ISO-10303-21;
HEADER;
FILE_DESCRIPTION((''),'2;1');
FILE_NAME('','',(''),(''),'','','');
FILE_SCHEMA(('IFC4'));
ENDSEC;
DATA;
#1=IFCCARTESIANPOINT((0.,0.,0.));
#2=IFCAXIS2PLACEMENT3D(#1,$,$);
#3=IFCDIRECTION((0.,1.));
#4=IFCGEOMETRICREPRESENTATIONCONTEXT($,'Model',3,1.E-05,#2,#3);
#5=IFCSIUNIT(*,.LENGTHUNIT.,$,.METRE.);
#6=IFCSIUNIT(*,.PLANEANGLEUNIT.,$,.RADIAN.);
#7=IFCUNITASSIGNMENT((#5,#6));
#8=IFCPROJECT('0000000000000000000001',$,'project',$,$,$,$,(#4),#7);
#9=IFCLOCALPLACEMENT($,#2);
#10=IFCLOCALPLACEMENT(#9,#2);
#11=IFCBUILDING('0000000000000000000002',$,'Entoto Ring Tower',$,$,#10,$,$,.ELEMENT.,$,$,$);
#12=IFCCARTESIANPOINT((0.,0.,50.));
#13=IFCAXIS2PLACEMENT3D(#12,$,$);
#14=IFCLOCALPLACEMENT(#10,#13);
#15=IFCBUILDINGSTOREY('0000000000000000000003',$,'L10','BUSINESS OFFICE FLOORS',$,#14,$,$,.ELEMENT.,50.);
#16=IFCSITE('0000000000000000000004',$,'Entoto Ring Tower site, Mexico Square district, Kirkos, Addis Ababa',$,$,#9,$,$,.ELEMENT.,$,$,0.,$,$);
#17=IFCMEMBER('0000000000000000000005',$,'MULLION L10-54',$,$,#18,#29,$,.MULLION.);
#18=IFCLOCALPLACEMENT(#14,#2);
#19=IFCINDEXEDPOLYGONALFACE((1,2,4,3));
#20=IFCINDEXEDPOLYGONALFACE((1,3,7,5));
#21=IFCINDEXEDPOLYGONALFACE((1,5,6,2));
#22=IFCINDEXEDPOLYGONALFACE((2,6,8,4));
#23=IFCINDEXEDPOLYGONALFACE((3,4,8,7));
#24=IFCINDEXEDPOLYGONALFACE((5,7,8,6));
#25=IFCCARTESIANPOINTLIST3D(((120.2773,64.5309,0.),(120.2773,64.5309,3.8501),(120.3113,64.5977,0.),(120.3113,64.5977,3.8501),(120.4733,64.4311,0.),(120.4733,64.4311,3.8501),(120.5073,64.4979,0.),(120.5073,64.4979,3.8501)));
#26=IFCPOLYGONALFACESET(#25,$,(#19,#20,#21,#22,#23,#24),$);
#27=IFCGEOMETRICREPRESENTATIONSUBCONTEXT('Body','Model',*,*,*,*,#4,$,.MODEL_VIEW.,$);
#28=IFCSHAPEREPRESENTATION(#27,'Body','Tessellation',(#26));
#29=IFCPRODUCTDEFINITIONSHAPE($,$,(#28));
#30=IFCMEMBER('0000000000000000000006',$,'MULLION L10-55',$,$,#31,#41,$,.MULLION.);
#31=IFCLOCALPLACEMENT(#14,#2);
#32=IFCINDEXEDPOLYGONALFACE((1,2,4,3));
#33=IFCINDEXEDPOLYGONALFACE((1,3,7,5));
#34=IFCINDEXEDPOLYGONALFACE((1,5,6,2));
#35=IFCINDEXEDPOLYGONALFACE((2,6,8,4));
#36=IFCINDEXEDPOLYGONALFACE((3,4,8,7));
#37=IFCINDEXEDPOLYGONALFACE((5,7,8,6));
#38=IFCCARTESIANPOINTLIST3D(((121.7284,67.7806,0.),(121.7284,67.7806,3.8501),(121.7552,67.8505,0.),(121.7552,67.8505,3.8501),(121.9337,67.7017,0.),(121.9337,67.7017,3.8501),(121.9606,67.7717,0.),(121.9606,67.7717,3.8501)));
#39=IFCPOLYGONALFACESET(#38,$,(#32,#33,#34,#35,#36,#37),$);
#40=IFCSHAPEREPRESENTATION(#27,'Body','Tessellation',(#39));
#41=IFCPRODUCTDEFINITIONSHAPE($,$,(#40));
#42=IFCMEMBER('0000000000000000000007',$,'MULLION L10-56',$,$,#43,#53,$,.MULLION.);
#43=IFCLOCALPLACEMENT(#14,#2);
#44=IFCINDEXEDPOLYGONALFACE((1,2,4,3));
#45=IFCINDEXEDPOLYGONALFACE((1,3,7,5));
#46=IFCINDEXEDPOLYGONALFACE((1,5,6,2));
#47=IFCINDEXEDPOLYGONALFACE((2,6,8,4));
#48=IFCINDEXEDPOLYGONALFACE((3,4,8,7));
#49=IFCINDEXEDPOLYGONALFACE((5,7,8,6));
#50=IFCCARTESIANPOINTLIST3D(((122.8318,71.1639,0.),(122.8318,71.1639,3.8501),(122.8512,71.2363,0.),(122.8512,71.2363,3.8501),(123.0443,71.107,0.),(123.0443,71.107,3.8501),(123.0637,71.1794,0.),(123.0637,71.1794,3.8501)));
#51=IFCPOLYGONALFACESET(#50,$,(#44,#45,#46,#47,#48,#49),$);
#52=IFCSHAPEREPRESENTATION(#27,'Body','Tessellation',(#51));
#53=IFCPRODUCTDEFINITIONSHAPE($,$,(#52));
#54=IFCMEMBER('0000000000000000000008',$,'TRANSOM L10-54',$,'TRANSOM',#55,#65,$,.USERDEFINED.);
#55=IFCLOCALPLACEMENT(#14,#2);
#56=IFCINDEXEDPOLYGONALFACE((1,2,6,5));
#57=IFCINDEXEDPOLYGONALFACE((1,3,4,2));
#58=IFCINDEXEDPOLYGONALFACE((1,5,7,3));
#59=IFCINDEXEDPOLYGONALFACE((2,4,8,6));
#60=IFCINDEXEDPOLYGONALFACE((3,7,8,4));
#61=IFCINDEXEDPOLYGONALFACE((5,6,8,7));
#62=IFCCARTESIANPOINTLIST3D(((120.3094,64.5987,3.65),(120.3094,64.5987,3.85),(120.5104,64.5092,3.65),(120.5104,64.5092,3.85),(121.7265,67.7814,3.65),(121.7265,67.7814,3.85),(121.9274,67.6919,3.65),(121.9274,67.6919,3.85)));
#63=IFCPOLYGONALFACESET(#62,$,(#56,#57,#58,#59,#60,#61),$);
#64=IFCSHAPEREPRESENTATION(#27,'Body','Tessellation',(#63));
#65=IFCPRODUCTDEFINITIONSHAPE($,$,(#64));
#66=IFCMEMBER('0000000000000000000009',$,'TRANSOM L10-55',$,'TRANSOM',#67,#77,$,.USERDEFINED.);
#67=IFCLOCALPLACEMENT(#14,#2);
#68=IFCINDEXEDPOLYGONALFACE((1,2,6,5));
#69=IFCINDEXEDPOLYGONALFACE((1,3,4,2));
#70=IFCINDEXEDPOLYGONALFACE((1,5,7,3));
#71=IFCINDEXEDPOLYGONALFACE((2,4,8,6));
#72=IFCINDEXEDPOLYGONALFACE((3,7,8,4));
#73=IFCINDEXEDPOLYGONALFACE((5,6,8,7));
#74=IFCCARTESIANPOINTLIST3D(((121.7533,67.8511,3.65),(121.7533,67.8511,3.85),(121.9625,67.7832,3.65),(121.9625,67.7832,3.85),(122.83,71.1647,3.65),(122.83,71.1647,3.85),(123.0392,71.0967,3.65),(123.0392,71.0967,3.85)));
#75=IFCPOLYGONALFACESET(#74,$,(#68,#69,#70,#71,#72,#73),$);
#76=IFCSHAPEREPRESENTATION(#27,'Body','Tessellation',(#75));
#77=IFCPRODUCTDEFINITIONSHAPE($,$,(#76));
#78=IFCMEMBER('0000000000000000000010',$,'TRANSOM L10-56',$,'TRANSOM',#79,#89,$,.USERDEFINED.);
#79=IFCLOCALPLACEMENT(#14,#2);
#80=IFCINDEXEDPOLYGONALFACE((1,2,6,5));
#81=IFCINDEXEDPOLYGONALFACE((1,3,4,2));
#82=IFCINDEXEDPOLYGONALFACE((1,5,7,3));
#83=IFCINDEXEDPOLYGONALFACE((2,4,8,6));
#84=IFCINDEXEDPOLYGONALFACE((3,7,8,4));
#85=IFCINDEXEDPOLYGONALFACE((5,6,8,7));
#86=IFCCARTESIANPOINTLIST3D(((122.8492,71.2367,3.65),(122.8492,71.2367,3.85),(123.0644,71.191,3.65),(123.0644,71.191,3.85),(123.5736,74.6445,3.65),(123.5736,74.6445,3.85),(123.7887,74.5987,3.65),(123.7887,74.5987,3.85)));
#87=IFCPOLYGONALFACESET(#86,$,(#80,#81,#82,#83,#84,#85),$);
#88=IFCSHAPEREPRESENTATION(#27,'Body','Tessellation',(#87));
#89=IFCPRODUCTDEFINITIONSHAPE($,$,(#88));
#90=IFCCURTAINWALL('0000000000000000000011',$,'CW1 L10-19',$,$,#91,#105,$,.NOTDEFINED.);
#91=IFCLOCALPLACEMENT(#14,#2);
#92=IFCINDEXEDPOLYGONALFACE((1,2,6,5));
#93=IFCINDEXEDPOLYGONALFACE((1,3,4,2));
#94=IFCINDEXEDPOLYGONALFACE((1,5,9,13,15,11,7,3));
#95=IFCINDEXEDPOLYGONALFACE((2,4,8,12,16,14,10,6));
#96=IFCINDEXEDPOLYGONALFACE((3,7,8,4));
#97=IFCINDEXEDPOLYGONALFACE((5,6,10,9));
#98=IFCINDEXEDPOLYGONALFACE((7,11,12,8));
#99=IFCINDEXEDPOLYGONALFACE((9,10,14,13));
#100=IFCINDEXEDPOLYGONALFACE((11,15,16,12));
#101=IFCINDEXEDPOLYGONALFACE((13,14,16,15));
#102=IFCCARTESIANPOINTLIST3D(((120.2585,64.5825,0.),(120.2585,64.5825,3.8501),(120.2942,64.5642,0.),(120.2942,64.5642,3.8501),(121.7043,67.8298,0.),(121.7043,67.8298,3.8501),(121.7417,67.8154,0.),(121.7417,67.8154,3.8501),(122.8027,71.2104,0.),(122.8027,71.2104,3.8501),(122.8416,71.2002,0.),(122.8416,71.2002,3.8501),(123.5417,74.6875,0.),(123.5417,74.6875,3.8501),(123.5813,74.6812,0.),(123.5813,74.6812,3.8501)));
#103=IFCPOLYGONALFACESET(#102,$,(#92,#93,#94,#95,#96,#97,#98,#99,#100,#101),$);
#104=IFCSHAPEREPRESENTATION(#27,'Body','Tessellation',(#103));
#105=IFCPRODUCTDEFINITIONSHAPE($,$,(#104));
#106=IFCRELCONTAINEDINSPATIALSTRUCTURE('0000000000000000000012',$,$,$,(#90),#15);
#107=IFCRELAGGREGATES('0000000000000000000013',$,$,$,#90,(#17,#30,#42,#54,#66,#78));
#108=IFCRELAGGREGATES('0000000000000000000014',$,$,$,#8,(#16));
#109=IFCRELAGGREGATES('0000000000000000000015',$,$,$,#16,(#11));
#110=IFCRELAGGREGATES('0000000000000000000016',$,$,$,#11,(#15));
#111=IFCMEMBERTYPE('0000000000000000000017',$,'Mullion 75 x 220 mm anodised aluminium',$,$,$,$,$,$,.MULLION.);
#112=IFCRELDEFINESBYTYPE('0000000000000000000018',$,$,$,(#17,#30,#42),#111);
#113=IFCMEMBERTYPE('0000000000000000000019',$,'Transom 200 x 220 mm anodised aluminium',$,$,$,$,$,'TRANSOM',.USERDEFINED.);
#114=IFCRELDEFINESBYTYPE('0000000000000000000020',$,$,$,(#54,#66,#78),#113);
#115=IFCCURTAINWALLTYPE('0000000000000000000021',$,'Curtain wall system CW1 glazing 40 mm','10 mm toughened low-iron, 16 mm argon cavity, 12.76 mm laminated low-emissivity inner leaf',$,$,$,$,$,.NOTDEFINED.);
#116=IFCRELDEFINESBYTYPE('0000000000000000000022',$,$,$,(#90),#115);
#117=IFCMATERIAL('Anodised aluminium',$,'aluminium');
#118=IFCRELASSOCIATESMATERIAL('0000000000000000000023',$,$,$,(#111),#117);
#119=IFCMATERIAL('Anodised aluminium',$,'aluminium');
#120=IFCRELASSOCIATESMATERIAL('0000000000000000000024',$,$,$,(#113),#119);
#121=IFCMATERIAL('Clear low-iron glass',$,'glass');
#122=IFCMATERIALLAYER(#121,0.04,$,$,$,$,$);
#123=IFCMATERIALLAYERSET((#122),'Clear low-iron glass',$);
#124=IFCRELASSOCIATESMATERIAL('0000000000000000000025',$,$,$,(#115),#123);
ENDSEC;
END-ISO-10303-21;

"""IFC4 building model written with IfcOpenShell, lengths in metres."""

from ifc_helpers import new_model, si_unit, direction, frame, origin, origin_2d, place, context, subcontext, project, spatial, polyline, rectangle, outline, extrude, material, layer, layer_set, material_profile, profile_set, type_object, element, aggregate, save


model = new_model("IFC4")

# Units and contexts
model_context = context("Model", 3, precision=1e-05, world=origin(), true_north=direction((0.0, 1.0)))
body_context = subcontext(model_context, "Body", "Model", "MODEL_VIEW")
ifc_project = project(units=[si_unit("LENGTHUNIT", "METRE"), si_unit("PLANEANGLEUNIT", "RADIAN")], contexts=[model_context])

# Members
ifc_material_1 = material(Name="Anodised aluminium", Category="aluminium")
ifc_material_profile_1 = material_profile(ifc_material_1, rectangle(XDim=0.075, YDim=0.22, at=origin_2d()), Name="Mullion 75 x 220 mm anodised aluminium")
ifc_profile_set_1 = profile_set([ifc_material_profile_1], Name="Anodised aluminium")
member_type_1 = type_object("IfcMemberType", Name="Mullion 75 x 220 mm anodised aluminium", PredefinedType="MULLION", material=ifc_profile_set_1)
site_placement = place(None, origin())
building_placement = place(site_placement, origin())
storey_placement = place(building_placement, frame((0.0, 0.0, 50.0)))
member_1_placement = place(storey_placement, frame((120.3923, 64.5144, 0.0), z_axis=(0.0, 0.0, 1.0), x_axis=(0.45399, 0.891007, 0.0)))
member_1 = element("IfcMember", 1, at=member_1_placement, type_object=member_type_1, Name="MULLION L10-54", PredefinedType="MULLION", context=body_context, shape_type="SweptSolid", body=[
    extrude(rectangle(XDim=0.075, YDim=0.22, at=origin_2d()), origin(), (0.0, 0.0, 1.0), 3.8501),
])
member_2_placement = place(storey_placement, frame((121.8445, 67.7761, 0.0), z_axis=(0.0, 0.0, 1.0), x_axis=(0.358368, 0.93358, 0.0)))
member_2 = element("IfcMember", 2, at=member_2_placement, type_object=member_type_1, Name="MULLION L10-55", PredefinedType="MULLION", context=body_context, shape_type="SweptSolid", body=[
    extrude(rectangle(XDim=0.075, YDim=0.22, at=origin_2d()), origin(), (0.0, 0.0, 1.0), 3.8501),
])
member_3_placement = place(storey_placement, frame((122.9478, 71.1716, 0.0), z_axis=(0.0, 0.0, 1.0), x_axis=(0.258819, 0.965926, 0.0)))
member_3 = element("IfcMember", 3, at=member_3_placement, type_object=member_type_1, Name="MULLION L10-56", PredefinedType="MULLION", context=body_context, shape_type="SweptSolid", body=[
    extrude(rectangle(XDim=0.075, YDim=0.22, at=origin_2d()), origin(), (0.0, 0.0, 1.0), 3.8501),
])
ifc_material_2 = material(Name="Anodised aluminium", Category="aluminium")
ifc_material_profile_2 = material_profile(ifc_material_2, rectangle(XDim=0.22, YDim=0.2, at=origin_2d()), Name="Transom 200 x 220 mm anodised aluminium")
ifc_profile_set_2 = profile_set([ifc_material_profile_2], Name="Anodised aluminium")
member_type_2 = type_object("IfcMemberType", Name="Transom 200 x 220 mm anodised aluminium", ElementType="TRANSOM", PredefinedType="USERDEFINED", material=ifc_profile_set_2)
member_4_placement = place(storey_placement, frame((120.4099, 64.554, 3.75), z_axis=(0.406737, 0.913545, 0.0), x_axis=(-0.913545, 0.406737, 0.0)))
member_4 = element("IfcMember", 4, at=member_4_placement, type_object=member_type_2, Name="TRANSOM L10-54", ObjectType="TRANSOM", PredefinedType="USERDEFINED", context=body_context, shape_type="SweptSolid", body=[
    extrude(rectangle(XDim=0.22, YDim=0.2, at=origin_2d()), origin(), (0.0, 0.0, 1.0), 3.4839),
])
member_5_placement = place(storey_placement, frame((121.8579, 67.8171, 3.75), z_axis=(0.309029, 0.951053, 0.0), x_axis=(-0.951053, 0.309029, 0.0)))
member_5 = element("IfcMember", 5, at=member_5_placement, type_object=member_type_2, Name="TRANSOM L10-55", ObjectType="TRANSOM", PredefinedType="USERDEFINED", context=body_context, shape_type="SweptSolid", body=[
    extrude(rectangle(XDim=0.22, YDim=0.2, at=origin_2d()), origin(), (0.0, 0.0, 1.0), 3.4841),
])
member_6_placement = place(storey_placement, frame((122.9568, 71.2139, 3.75), z_axis=(0.207921, 0.978146, 0.0), x_axis=(-0.978146, 0.207921, 0.0)))
member_6 = element("IfcMember", 6, at=member_6_placement, type_object=member_type_2, Name="TRANSOM L10-56", ObjectType="TRANSOM", PredefinedType="USERDEFINED", context=body_context, shape_type="SweptSolid", body=[
    extrude(rectangle(XDim=0.22, YDim=0.2, at=origin_2d()), origin(), (0.0, 0.0, 1.0), 3.4839),
])

# Site, building, storey
site = spatial("IfcSite", under=ifc_project, at=site_placement, Name="Entoto Ring Tower site, Mexico Square district, Kirkos, Addis Ababa", CompositionType="ELEMENT", RefElevation=0.0)
building = spatial("IfcBuilding", under=site, at=building_placement, Name="Entoto Ring Tower", CompositionType="ELEMENT")
storey = spatial("IfcBuildingStorey", under=building, at=storey_placement, Name="L10", Description="BUSINESS OFFICE FLOORS", CompositionType="ELEMENT", Elevation=50.0)

# Curtain wall
ifc_material_3 = material(Name="Clear low-iron glass", Category="glass")
ifc_layer_1 = layer(ifc_material_3, 0.04)
ifc_layer_set_1 = layer_set([ifc_layer_1], Name="Clear low-iron glass")
curtain_wall_type = type_object("IfcCurtainWallType", Name="Curtain wall system CW1 glazing 40 mm", Description="10 mm toughened low-iron, 16 mm argon cavity, 12.76 mm laminated low-emissivity inner leaf", PredefinedType="NOTDEFINED", material=ifc_layer_set_1)
curtain_wall_1_placement = place(storey_placement, origin())
curtain_wall_1 = element("IfcCurtainWall", 7, at=curtain_wall_1_placement, inside=storey, type_object=curtain_wall_type, Name="CW1 L10-19", PredefinedType="NOTDEFINED", context=body_context, shape_type="SweptSolid", body=[
    extrude(outline(polyline([(120.2942, 64.5642), (121.7417, 67.8154), (122.8416, 71.2002), (123.5813, 74.6812), (123.5417, 74.6875), (122.8027, 71.2104), (121.7043, 67.8298), (120.2585, 64.5825), (120.2942, 64.5642)])), origin(), (0.0, 0.0, 1.0), 3.8501),
])
aggregate(curtain_wall_1, [member_1, member_2, member_3, member_4, member_5, member_6])

save(model, "model.ifc")
